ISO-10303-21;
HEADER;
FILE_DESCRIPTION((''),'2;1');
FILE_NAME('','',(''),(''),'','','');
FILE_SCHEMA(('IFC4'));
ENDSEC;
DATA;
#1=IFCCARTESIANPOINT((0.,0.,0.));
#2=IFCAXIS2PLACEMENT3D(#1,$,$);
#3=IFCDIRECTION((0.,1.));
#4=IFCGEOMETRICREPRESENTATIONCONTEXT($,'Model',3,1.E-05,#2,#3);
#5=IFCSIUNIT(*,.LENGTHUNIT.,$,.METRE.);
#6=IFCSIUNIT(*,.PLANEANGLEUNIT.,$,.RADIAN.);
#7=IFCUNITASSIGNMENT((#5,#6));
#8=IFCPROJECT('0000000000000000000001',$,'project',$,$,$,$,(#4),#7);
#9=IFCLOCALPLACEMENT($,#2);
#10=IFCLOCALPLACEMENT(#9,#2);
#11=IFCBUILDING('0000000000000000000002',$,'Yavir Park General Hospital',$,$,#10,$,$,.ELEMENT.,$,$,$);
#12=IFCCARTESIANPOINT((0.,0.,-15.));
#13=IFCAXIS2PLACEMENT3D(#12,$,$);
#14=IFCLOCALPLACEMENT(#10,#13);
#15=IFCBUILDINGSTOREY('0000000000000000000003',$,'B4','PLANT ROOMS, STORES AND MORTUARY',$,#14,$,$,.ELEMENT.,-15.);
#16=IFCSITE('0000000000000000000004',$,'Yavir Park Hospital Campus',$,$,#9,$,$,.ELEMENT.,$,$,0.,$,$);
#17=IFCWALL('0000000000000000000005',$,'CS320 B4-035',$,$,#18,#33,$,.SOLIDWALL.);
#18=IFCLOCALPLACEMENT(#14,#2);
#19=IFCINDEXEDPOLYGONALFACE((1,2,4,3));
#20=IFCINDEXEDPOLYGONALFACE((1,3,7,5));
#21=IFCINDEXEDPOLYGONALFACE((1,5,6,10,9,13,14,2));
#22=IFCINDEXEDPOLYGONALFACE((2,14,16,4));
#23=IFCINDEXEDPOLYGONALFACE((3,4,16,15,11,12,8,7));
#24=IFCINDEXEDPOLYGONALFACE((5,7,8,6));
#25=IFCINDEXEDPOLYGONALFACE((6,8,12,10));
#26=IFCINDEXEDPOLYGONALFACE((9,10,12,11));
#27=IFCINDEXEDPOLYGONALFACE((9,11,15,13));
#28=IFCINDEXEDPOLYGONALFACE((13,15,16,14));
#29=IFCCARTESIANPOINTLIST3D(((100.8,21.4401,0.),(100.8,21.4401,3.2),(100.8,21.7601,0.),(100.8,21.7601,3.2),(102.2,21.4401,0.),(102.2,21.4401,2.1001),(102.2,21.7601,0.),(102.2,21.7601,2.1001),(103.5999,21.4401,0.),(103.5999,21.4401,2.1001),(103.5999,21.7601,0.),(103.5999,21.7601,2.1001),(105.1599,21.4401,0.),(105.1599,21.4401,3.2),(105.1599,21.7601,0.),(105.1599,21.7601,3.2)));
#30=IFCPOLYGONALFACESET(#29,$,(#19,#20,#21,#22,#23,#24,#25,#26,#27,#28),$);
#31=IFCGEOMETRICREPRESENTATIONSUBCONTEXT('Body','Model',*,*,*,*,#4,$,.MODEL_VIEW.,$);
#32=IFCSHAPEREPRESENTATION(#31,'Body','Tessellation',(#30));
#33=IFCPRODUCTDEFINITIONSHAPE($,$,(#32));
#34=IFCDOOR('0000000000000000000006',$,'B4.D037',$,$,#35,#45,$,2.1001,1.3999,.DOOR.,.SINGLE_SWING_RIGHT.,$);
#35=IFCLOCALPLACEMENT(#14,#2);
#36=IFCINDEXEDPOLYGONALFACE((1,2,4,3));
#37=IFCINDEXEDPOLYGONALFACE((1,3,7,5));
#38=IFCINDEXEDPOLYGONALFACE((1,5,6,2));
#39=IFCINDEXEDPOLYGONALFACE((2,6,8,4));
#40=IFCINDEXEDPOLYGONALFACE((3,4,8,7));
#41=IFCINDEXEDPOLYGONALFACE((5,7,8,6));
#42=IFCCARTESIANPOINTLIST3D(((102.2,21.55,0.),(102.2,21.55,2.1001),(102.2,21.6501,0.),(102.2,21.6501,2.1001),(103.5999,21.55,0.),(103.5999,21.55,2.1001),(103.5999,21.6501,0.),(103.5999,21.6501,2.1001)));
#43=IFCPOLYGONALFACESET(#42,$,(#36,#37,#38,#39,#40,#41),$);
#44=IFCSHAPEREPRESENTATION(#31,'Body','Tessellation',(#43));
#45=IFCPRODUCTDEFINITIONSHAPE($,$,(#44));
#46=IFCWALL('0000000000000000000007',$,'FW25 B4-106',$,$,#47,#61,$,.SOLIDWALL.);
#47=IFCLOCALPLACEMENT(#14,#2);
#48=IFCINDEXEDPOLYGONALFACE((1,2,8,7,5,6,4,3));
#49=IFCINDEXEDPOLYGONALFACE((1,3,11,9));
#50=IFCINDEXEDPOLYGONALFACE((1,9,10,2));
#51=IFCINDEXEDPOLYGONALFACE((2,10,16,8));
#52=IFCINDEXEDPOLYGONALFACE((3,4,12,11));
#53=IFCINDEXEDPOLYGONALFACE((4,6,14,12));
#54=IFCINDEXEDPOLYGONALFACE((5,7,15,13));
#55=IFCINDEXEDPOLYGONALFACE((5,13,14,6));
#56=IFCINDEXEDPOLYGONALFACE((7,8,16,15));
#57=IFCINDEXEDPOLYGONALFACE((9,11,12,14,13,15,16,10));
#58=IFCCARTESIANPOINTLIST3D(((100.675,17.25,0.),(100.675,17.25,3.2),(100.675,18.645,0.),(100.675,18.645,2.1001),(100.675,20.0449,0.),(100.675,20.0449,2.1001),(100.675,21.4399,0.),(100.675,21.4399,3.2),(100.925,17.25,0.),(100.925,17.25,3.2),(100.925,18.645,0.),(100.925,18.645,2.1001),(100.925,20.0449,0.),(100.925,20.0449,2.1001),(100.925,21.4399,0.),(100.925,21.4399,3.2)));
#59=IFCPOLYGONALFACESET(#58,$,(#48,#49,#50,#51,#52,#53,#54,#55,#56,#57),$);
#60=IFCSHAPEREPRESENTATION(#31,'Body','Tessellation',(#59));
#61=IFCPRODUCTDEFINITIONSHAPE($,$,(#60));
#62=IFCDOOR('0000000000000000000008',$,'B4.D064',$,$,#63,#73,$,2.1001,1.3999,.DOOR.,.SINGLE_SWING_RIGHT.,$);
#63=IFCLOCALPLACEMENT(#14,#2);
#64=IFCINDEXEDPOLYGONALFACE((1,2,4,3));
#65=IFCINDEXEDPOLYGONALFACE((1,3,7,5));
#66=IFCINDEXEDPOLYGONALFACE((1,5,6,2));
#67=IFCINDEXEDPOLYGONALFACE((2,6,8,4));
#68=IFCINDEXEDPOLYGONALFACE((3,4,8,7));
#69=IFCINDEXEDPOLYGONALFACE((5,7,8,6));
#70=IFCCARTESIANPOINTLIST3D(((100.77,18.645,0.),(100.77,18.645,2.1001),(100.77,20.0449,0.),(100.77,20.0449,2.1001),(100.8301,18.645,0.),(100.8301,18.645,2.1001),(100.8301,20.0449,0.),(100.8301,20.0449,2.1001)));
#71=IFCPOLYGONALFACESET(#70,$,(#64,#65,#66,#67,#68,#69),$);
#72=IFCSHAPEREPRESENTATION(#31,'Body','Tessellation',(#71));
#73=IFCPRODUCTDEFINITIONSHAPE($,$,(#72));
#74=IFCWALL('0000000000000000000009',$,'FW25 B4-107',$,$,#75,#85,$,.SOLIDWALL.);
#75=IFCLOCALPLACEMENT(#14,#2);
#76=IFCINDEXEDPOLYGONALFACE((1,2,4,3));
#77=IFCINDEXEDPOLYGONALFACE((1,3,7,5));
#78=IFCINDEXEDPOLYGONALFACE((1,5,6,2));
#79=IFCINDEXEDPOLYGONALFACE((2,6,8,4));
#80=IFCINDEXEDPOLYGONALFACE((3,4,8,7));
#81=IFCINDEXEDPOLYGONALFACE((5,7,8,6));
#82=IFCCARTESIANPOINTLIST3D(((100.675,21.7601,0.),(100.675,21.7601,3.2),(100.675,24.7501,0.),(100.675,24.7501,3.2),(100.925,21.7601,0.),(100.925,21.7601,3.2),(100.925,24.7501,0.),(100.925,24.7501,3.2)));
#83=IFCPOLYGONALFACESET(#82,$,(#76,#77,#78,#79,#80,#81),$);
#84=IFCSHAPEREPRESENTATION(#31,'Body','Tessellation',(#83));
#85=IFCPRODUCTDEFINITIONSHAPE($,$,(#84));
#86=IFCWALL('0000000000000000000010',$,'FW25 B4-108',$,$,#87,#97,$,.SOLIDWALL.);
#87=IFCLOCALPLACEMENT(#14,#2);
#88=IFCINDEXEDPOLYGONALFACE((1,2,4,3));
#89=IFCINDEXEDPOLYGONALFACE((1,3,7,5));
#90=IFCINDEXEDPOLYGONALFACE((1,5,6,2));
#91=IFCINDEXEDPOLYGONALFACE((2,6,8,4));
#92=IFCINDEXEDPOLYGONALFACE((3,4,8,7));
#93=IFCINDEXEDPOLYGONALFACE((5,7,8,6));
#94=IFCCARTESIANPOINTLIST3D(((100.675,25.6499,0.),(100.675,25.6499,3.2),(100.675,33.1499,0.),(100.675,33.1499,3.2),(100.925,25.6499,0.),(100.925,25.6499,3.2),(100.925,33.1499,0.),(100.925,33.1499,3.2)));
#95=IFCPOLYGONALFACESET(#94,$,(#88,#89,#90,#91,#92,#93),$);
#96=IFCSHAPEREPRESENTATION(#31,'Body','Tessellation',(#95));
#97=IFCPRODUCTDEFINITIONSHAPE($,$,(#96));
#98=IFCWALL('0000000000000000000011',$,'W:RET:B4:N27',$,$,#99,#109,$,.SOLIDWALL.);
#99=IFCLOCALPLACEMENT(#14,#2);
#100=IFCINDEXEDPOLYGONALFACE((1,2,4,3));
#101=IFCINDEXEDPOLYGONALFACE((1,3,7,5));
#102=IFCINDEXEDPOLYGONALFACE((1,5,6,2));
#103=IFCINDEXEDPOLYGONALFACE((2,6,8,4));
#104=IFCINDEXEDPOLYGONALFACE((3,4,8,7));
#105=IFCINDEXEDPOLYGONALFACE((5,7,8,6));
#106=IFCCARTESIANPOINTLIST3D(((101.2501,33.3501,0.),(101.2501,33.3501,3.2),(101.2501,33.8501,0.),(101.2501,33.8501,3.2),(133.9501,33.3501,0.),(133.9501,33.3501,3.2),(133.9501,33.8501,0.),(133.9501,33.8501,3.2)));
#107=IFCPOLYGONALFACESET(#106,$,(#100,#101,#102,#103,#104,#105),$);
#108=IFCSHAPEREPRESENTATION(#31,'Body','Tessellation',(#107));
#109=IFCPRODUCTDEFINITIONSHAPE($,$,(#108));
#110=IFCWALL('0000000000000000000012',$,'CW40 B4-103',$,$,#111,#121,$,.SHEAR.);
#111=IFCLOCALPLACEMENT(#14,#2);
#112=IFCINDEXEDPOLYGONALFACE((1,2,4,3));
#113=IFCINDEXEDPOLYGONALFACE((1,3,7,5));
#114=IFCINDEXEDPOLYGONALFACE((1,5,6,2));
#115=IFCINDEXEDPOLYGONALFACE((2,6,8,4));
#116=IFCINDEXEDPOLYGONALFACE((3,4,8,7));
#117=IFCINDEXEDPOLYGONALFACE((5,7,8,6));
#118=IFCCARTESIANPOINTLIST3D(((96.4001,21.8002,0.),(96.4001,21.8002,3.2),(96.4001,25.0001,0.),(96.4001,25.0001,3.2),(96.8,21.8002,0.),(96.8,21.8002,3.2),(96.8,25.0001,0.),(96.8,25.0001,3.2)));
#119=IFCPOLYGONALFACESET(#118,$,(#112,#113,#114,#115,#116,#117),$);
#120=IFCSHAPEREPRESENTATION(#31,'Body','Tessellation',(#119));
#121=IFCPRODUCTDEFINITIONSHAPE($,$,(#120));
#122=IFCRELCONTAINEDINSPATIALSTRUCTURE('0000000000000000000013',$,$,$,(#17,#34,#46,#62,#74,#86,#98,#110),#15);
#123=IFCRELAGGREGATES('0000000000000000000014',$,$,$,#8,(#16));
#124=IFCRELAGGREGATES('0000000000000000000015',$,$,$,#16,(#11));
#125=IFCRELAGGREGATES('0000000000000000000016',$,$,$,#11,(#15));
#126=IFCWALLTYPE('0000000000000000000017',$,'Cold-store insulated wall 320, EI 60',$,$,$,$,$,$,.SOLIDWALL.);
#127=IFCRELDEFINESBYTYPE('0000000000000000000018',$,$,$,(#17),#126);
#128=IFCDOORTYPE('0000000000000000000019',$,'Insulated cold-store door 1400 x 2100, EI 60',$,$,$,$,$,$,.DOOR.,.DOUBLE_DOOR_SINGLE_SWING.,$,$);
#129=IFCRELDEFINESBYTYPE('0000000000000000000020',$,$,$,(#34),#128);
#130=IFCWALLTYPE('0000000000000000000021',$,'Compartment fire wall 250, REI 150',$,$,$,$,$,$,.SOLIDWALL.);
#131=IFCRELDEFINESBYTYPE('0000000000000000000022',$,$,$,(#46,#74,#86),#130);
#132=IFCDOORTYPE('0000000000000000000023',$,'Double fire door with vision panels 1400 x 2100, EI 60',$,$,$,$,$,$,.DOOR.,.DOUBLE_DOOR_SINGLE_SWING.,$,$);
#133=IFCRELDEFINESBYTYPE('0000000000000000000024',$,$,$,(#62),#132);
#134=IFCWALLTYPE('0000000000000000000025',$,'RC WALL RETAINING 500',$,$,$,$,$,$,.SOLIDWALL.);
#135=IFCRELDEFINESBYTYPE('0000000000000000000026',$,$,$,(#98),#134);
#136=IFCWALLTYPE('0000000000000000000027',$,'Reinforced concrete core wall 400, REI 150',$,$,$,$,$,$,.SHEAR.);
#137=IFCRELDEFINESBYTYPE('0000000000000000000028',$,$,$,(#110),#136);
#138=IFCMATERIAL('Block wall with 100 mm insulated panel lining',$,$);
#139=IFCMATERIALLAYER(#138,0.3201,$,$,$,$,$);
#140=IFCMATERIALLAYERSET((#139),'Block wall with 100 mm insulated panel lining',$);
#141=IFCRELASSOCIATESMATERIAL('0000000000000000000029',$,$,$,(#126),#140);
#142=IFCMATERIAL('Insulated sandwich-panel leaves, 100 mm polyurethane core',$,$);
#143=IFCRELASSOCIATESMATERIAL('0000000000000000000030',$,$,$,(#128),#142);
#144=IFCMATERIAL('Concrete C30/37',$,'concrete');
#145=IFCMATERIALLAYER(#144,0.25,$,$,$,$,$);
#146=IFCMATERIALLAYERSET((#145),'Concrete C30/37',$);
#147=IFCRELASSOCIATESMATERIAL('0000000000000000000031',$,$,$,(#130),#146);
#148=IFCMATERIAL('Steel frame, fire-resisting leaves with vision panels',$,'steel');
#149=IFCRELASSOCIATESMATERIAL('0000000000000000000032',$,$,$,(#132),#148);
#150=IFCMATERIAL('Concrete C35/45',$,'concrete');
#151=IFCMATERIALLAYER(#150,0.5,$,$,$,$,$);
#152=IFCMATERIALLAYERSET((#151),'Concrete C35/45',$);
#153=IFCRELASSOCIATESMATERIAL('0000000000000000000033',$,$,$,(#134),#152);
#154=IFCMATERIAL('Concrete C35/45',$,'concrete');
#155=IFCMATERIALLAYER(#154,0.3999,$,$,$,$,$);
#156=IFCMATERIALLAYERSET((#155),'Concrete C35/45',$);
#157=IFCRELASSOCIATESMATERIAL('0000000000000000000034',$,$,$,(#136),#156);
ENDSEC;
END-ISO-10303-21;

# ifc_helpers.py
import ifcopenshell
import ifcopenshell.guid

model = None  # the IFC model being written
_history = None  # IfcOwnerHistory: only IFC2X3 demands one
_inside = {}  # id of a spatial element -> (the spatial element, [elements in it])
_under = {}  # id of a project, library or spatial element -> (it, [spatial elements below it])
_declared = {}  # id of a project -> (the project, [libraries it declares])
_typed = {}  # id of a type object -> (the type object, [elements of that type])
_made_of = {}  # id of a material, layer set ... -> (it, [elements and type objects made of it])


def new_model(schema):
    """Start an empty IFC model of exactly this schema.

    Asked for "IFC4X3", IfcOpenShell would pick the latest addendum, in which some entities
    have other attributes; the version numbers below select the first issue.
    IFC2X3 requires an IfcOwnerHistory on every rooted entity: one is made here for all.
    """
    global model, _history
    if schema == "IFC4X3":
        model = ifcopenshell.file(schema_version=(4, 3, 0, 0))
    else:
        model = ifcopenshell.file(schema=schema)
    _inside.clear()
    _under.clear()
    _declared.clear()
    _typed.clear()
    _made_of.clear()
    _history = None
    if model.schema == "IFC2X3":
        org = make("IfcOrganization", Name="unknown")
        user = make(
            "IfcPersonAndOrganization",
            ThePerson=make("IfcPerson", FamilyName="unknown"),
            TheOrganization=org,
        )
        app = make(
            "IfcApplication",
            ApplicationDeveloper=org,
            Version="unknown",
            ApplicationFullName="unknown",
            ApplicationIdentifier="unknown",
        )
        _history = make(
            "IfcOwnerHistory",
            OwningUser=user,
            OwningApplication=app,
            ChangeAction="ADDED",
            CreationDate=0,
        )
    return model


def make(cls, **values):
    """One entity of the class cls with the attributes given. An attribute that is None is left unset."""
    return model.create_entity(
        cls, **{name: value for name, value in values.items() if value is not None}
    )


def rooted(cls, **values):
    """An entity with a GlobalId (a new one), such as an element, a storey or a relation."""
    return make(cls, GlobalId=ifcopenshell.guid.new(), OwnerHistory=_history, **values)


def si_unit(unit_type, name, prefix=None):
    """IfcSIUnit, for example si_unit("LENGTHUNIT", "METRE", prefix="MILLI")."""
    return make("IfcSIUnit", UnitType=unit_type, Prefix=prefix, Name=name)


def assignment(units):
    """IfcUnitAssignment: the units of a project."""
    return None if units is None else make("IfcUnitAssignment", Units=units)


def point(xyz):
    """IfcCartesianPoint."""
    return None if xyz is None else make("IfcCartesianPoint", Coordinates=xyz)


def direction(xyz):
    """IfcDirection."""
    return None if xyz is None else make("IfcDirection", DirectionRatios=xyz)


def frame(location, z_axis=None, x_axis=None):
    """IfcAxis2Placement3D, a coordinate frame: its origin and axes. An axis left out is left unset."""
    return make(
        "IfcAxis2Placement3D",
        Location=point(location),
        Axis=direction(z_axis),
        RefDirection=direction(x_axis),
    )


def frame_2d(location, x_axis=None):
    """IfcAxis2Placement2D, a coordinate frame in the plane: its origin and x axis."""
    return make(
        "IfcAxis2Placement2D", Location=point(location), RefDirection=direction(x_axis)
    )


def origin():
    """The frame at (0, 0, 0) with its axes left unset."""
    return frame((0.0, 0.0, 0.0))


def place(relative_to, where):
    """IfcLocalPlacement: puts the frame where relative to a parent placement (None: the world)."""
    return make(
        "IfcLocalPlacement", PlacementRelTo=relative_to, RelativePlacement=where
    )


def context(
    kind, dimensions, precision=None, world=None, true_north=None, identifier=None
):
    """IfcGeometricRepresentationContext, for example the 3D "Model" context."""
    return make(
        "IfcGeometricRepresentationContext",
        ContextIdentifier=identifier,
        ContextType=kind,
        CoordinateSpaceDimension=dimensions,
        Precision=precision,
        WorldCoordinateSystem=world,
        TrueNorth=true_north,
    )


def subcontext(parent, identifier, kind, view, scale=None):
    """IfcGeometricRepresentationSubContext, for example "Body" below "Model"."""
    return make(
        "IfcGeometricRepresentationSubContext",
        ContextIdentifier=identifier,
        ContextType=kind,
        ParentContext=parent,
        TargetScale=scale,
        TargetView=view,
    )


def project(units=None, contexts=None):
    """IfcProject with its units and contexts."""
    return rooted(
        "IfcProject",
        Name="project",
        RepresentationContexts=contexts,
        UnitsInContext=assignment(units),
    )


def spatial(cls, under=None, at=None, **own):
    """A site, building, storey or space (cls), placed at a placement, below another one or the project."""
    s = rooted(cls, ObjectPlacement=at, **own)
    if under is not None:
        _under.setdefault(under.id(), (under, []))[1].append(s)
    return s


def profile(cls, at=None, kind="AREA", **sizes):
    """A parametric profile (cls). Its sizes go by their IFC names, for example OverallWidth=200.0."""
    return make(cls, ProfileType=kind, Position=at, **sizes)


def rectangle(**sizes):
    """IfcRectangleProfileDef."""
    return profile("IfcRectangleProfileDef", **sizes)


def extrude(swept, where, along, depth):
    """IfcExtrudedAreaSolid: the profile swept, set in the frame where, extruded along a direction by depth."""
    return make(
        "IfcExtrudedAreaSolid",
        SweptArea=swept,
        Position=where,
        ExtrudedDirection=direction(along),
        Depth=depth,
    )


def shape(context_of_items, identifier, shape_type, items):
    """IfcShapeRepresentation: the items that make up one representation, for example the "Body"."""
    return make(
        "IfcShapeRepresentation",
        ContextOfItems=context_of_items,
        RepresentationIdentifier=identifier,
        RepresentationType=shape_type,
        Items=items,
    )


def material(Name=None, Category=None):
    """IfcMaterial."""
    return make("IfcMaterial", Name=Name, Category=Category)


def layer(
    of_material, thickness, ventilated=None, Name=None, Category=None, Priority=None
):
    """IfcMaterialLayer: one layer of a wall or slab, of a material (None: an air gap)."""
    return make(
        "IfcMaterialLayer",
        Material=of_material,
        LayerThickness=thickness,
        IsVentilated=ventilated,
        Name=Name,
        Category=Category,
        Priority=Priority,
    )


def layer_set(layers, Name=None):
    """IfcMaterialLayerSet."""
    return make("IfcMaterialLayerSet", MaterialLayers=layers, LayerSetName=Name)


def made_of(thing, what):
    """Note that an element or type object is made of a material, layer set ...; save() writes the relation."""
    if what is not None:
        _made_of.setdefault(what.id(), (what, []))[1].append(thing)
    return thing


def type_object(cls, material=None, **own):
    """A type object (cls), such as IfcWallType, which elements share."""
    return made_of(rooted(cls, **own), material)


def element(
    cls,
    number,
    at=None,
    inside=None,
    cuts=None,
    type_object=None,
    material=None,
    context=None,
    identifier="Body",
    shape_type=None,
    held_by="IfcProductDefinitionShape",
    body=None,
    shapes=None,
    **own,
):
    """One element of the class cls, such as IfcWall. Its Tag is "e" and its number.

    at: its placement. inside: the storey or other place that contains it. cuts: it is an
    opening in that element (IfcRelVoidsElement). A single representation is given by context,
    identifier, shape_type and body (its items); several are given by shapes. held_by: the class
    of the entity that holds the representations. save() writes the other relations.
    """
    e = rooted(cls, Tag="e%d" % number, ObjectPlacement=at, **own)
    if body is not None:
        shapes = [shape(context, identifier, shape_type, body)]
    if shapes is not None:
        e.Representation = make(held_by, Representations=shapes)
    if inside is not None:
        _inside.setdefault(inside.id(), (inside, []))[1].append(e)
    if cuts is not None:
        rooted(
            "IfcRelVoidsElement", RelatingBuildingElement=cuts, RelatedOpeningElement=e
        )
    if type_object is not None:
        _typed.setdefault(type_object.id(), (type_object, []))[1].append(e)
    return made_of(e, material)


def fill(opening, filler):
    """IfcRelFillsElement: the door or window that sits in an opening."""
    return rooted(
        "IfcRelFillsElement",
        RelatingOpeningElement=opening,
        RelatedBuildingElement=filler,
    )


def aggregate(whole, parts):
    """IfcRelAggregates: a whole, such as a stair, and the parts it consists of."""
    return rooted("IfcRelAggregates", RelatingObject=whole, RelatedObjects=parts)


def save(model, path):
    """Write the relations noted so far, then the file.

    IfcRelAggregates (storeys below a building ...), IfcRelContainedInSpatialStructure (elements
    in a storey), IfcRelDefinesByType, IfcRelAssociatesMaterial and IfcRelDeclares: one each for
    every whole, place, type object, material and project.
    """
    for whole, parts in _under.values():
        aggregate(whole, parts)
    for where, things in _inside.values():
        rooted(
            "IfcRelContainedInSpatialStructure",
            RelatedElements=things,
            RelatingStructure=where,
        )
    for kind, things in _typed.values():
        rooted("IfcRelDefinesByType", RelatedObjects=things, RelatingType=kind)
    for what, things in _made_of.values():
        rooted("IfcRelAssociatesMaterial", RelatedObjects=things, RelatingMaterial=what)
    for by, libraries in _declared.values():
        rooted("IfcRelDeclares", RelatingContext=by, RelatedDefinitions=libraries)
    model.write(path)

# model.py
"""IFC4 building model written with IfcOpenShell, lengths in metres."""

from ifc_helpers import new_model, si_unit, direction, frame, frame_2d, origin, place, context, subcontext, project, spatial, rectangle, extrude, material, layer, layer_set, type_object, element, fill, save


model = new_model("IFC4")

# Units and contexts
model_context = context("Model", 3, precision=1e-05, world=origin(), true_north=direction((0.0, 1.0)))
body_context = subcontext(model_context, "Body", "Model", "MODEL_VIEW")
ifc_project = project(units=[si_unit("LENGTHUNIT", "METRE"), si_unit("PLANEANGLEUNIT", "RADIAN")], contexts=[model_context])

# Site, building, storey
site_placement = place(None, origin())
site = spatial("IfcSite", under=ifc_project, at=site_placement, Name="Yavir Park Hospital Campus", CompositionType="ELEMENT", RefElevation=0.0)
building_placement = place(site_placement, origin())
building = spatial("IfcBuilding", under=site, at=building_placement, Name="Yavir Park General Hospital", CompositionType="ELEMENT")
storey_placement = place(building_placement, frame((0.0, 0.0, -15.0)))
storey = spatial("IfcBuildingStorey", under=building, at=storey_placement, Name="B4", Description="PLANT ROOMS, STORES AND MORTUARY", CompositionType="ELEMENT", Elevation=-15.0)

# Walls, openings, doors
ifc_material_1 = material(Name="Block wall with 100 mm insulated panel lining")
ifc_layer_1 = layer(ifc_material_1, 0.3201)
ifc_layer_set_1 = layer_set([ifc_layer_1], Name="Block wall with 100 mm insulated panel lining")
wall_type_1 = type_object("IfcWallType", Name="Cold-store insulated wall 320, EI 60", PredefinedType="SOLIDWALL", material=ifc_layer_set_1)
wall_1_placement = place(storey_placement, frame((100.8, 21.6001, 0.0), z_axis=(0.0, 0.0, 1.0), x_axis=(1.0, 0.0, 0.0)))
wall_1 = element("IfcWall", 1, at=wall_1_placement, inside=storey, type_object=wall_type_1, Name="CS320 B4-035", PredefinedType="SOLIDWALL", context=body_context, shape_type="SweptSolid", body=[
    extrude(rectangle(XDim=4.3599, YDim=0.3201, at=frame_2d((2.1799, 0.0))), origin(), (0.0, 0.0, 1.0), 3.2),
])
opening_1_placement = place(wall_1_placement, frame((1.3999, 0.0, 0.0)))
opening_1 = element("IfcOpeningElement", 2, at=opening_1_placement, cuts=wall_1, PredefinedType="OPENING", context=body_context, shape_type="SweptSolid", body=[
    extrude(rectangle(XDim=1.3999, YDim=2.1001, at=frame_2d((0.7, 1.05))), frame((0.0, 0.1699, 0.0), z_axis=(0.0, -1.0, 0.0), x_axis=(1.0, 0.0, 0.0)), (0.0, 0.0, 1.0), 0.3401),
])
ifc_material_2 = material(Name="Insulated sandwich-panel leaves, 100 mm polyurethane core")
door_type_1 = type_object("IfcDoorType", Name="Insulated cold-store door 1400 x 2100, EI 60", OperationType="DOUBLE_DOOR_SINGLE_SWING", PredefinedType="DOOR", material=ifc_material_2)
door_1_placement = place(opening_1_placement, origin())
door_1 = element("IfcDoor", 3, at=door_1_placement, inside=storey, type_object=door_type_1, Name="B4.D037", OperationType="SINGLE_SWING_RIGHT", OverallHeight=2.1001, OverallWidth=1.3999, PredefinedType="DOOR", context=body_context, shape_type="SweptSolid", body=[
    extrude(rectangle(XDim=1.3999, YDim=2.1001, at=frame_2d((0.7, 1.05))), frame((0.0, 0.05, 0.0), z_axis=(0.0, -1.0, 0.0), x_axis=(1.0, 0.0, 0.0)), (0.0, 0.0, 1.0), 0.1001),
])
fill(opening_1, door_1)
ifc_material_3 = material(Name="Concrete C30/37", Category="concrete")
ifc_layer_2 = layer(ifc_material_3, 0.25)
ifc_layer_set_2 = layer_set([ifc_layer_2], Name="Concrete C30/37")
wall_type_2 = type_object("IfcWallType", Name="Compartment fire wall 250, REI 150", PredefinedType="SOLIDWALL", material=ifc_layer_set_2)
wall_2_placement = place(storey_placement, frame((100.8, 17.25, 0.0), z_axis=(0.0, 0.0, 1.0), x_axis=(0.0, 1.0, 0.0)))
wall_2 = element("IfcWall", 4, at=wall_2_placement, inside=storey, type_object=wall_type_2, Name="FW25 B4-106", PredefinedType="SOLIDWALL", context=body_context, shape_type="SweptSolid", body=[
    extrude(rectangle(XDim=4.1899, YDim=0.25, at=frame_2d((2.095, 0.0))), origin(), (0.0, 0.0, 1.0), 3.2),
])
opening_2_placement = place(wall_2_placement, frame((1.395, 0.0, 0.0)))
opening_2 = element("IfcOpeningElement", 5, at=opening_2_placement, cuts=wall_2, PredefinedType="OPENING", context=body_context, shape_type="SweptSolid", body=[
    extrude(rectangle(XDim=1.3999, YDim=2.1001, at=frame_2d((0.7, 1.05))), frame((0.0, 0.135, 0.0), z_axis=(0.0, -1.0, 0.0), x_axis=(1.0, 0.0, 0.0)), (0.0, 0.0, 1.0), 0.27),
])
ifc_material_4 = material(Name="Steel frame, fire-resisting leaves with vision panels", Category="steel")
door_type_2 = type_object("IfcDoorType", Name="Double fire door with vision panels 1400 x 2100, EI 60", OperationType="DOUBLE_DOOR_SINGLE_SWING", PredefinedType="DOOR", material=ifc_material_4)
door_2_placement = place(opening_2_placement, origin())
door_2 = element("IfcDoor", 6, at=door_2_placement, inside=storey, type_object=door_type_2, Name="B4.D064", OperationType="SINGLE_SWING_RIGHT", OverallHeight=2.1001, OverallWidth=1.3999, PredefinedType="DOOR", context=body_context, shape_type="SweptSolid", body=[
    extrude(rectangle(XDim=1.3999, YDim=2.1001, at=frame_2d((0.7, 1.05))), frame((0.0, 0.03, 0.0), z_axis=(0.0, -1.0, 0.0), x_axis=(1.0, 0.0, 0.0)), (0.0, 0.0, 1.0), 0.0601),
])
fill(opening_2, door_2)

# Walls
wall_3_placement = place(storey_placement, frame((100.8, 21.76, 0.0), z_axis=(0.0, 0.0, 1.0), x_axis=(0.0, 1.0, 0.0)))
element("IfcWall", 7, at=wall_3_placement, inside=storey, type_object=wall_type_2, Name="FW25 B4-107", PredefinedType="SOLIDWALL", context=body_context, shape_type="SweptSolid", body=[
    extrude(rectangle(XDim=2.99, YDim=0.25, at=frame_2d((1.4951, 0.0))), origin(), (0.0, 0.0, 1.0), 3.2),
])
wall_4_placement = place(storey_placement, frame((100.8, 25.6499, 0.0), z_axis=(0.0, 0.0, 1.0), x_axis=(0.0, 1.0, 0.0)))
element("IfcWall", 8, at=wall_4_placement, inside=storey, type_object=wall_type_2, Name="FW25 B4-108", PredefinedType="SOLIDWALL", context=body_context, shape_type="SweptSolid", body=[
    extrude(rectangle(XDim=7.5, YDim=0.25, at=frame_2d((3.75, 0.0))), origin(), (0.0, 0.0, 1.0), 3.2),
])
ifc_material_5 = material(Name="Concrete C35/45", Category="concrete")
ifc_layer_3 = layer(ifc_material_5, 0.5)
ifc_layer_set_3 = layer_set([ifc_layer_3], Name="Concrete C35/45")
wall_type_3 = type_object("IfcWallType", Name="RC WALL RETAINING 500", PredefinedType="SOLIDWALL", material=ifc_layer_set_3)
wall_5_placement = place(storey_placement, frame((101.25, 33.6001, 0.0), z_axis=(0.0, 0.0, 1.0), x_axis=(1.0, 0.0, 0.0)))
element("IfcWall", 9, at=wall_5_placement, inside=storey, type_object=wall_type_3, Name="W:RET:B4:N27", PredefinedType="SOLIDWALL", context=body_context, shape_type="SweptSolid", body=[
    extrude(rectangle(XDim=32.7, YDim=0.5, at=frame_2d((16.3501, 0.0))), origin(), (0.0, 0.0, 1.0), 3.2),
])
ifc_material_6 = material(Name="Concrete C35/45", Category="concrete")
ifc_layer_4 = layer(ifc_material_6, 0.3999)
ifc_layer_set_4 = layer_set([ifc_layer_4], Name="Concrete C35/45")
wall_type_4 = type_object("IfcWallType", Name="Reinforced concrete core wall 400, REI 150", PredefinedType="SHEAR", material=ifc_layer_set_4)
wall_6_placement = place(storey_placement, frame((96.6001, 21.8, 0.0), z_axis=(0.0, 0.0, 1.0), x_axis=(0.0, 1.0, 0.0)))
element("IfcWall", 10, at=wall_6_placement, inside=storey, type_object=wall_type_4, Name="CW40 B4-103", PredefinedType="SHEAR", context=body_context, shape_type="SweptSolid", body=[
    extrude(rectangle(XDim=3.2, YDim=0.3999, at=frame_2d((1.6001, 0.0))), origin(), (0.0, 0.0, 1.0), 3.2),
])

save(model, "model.ifc")
